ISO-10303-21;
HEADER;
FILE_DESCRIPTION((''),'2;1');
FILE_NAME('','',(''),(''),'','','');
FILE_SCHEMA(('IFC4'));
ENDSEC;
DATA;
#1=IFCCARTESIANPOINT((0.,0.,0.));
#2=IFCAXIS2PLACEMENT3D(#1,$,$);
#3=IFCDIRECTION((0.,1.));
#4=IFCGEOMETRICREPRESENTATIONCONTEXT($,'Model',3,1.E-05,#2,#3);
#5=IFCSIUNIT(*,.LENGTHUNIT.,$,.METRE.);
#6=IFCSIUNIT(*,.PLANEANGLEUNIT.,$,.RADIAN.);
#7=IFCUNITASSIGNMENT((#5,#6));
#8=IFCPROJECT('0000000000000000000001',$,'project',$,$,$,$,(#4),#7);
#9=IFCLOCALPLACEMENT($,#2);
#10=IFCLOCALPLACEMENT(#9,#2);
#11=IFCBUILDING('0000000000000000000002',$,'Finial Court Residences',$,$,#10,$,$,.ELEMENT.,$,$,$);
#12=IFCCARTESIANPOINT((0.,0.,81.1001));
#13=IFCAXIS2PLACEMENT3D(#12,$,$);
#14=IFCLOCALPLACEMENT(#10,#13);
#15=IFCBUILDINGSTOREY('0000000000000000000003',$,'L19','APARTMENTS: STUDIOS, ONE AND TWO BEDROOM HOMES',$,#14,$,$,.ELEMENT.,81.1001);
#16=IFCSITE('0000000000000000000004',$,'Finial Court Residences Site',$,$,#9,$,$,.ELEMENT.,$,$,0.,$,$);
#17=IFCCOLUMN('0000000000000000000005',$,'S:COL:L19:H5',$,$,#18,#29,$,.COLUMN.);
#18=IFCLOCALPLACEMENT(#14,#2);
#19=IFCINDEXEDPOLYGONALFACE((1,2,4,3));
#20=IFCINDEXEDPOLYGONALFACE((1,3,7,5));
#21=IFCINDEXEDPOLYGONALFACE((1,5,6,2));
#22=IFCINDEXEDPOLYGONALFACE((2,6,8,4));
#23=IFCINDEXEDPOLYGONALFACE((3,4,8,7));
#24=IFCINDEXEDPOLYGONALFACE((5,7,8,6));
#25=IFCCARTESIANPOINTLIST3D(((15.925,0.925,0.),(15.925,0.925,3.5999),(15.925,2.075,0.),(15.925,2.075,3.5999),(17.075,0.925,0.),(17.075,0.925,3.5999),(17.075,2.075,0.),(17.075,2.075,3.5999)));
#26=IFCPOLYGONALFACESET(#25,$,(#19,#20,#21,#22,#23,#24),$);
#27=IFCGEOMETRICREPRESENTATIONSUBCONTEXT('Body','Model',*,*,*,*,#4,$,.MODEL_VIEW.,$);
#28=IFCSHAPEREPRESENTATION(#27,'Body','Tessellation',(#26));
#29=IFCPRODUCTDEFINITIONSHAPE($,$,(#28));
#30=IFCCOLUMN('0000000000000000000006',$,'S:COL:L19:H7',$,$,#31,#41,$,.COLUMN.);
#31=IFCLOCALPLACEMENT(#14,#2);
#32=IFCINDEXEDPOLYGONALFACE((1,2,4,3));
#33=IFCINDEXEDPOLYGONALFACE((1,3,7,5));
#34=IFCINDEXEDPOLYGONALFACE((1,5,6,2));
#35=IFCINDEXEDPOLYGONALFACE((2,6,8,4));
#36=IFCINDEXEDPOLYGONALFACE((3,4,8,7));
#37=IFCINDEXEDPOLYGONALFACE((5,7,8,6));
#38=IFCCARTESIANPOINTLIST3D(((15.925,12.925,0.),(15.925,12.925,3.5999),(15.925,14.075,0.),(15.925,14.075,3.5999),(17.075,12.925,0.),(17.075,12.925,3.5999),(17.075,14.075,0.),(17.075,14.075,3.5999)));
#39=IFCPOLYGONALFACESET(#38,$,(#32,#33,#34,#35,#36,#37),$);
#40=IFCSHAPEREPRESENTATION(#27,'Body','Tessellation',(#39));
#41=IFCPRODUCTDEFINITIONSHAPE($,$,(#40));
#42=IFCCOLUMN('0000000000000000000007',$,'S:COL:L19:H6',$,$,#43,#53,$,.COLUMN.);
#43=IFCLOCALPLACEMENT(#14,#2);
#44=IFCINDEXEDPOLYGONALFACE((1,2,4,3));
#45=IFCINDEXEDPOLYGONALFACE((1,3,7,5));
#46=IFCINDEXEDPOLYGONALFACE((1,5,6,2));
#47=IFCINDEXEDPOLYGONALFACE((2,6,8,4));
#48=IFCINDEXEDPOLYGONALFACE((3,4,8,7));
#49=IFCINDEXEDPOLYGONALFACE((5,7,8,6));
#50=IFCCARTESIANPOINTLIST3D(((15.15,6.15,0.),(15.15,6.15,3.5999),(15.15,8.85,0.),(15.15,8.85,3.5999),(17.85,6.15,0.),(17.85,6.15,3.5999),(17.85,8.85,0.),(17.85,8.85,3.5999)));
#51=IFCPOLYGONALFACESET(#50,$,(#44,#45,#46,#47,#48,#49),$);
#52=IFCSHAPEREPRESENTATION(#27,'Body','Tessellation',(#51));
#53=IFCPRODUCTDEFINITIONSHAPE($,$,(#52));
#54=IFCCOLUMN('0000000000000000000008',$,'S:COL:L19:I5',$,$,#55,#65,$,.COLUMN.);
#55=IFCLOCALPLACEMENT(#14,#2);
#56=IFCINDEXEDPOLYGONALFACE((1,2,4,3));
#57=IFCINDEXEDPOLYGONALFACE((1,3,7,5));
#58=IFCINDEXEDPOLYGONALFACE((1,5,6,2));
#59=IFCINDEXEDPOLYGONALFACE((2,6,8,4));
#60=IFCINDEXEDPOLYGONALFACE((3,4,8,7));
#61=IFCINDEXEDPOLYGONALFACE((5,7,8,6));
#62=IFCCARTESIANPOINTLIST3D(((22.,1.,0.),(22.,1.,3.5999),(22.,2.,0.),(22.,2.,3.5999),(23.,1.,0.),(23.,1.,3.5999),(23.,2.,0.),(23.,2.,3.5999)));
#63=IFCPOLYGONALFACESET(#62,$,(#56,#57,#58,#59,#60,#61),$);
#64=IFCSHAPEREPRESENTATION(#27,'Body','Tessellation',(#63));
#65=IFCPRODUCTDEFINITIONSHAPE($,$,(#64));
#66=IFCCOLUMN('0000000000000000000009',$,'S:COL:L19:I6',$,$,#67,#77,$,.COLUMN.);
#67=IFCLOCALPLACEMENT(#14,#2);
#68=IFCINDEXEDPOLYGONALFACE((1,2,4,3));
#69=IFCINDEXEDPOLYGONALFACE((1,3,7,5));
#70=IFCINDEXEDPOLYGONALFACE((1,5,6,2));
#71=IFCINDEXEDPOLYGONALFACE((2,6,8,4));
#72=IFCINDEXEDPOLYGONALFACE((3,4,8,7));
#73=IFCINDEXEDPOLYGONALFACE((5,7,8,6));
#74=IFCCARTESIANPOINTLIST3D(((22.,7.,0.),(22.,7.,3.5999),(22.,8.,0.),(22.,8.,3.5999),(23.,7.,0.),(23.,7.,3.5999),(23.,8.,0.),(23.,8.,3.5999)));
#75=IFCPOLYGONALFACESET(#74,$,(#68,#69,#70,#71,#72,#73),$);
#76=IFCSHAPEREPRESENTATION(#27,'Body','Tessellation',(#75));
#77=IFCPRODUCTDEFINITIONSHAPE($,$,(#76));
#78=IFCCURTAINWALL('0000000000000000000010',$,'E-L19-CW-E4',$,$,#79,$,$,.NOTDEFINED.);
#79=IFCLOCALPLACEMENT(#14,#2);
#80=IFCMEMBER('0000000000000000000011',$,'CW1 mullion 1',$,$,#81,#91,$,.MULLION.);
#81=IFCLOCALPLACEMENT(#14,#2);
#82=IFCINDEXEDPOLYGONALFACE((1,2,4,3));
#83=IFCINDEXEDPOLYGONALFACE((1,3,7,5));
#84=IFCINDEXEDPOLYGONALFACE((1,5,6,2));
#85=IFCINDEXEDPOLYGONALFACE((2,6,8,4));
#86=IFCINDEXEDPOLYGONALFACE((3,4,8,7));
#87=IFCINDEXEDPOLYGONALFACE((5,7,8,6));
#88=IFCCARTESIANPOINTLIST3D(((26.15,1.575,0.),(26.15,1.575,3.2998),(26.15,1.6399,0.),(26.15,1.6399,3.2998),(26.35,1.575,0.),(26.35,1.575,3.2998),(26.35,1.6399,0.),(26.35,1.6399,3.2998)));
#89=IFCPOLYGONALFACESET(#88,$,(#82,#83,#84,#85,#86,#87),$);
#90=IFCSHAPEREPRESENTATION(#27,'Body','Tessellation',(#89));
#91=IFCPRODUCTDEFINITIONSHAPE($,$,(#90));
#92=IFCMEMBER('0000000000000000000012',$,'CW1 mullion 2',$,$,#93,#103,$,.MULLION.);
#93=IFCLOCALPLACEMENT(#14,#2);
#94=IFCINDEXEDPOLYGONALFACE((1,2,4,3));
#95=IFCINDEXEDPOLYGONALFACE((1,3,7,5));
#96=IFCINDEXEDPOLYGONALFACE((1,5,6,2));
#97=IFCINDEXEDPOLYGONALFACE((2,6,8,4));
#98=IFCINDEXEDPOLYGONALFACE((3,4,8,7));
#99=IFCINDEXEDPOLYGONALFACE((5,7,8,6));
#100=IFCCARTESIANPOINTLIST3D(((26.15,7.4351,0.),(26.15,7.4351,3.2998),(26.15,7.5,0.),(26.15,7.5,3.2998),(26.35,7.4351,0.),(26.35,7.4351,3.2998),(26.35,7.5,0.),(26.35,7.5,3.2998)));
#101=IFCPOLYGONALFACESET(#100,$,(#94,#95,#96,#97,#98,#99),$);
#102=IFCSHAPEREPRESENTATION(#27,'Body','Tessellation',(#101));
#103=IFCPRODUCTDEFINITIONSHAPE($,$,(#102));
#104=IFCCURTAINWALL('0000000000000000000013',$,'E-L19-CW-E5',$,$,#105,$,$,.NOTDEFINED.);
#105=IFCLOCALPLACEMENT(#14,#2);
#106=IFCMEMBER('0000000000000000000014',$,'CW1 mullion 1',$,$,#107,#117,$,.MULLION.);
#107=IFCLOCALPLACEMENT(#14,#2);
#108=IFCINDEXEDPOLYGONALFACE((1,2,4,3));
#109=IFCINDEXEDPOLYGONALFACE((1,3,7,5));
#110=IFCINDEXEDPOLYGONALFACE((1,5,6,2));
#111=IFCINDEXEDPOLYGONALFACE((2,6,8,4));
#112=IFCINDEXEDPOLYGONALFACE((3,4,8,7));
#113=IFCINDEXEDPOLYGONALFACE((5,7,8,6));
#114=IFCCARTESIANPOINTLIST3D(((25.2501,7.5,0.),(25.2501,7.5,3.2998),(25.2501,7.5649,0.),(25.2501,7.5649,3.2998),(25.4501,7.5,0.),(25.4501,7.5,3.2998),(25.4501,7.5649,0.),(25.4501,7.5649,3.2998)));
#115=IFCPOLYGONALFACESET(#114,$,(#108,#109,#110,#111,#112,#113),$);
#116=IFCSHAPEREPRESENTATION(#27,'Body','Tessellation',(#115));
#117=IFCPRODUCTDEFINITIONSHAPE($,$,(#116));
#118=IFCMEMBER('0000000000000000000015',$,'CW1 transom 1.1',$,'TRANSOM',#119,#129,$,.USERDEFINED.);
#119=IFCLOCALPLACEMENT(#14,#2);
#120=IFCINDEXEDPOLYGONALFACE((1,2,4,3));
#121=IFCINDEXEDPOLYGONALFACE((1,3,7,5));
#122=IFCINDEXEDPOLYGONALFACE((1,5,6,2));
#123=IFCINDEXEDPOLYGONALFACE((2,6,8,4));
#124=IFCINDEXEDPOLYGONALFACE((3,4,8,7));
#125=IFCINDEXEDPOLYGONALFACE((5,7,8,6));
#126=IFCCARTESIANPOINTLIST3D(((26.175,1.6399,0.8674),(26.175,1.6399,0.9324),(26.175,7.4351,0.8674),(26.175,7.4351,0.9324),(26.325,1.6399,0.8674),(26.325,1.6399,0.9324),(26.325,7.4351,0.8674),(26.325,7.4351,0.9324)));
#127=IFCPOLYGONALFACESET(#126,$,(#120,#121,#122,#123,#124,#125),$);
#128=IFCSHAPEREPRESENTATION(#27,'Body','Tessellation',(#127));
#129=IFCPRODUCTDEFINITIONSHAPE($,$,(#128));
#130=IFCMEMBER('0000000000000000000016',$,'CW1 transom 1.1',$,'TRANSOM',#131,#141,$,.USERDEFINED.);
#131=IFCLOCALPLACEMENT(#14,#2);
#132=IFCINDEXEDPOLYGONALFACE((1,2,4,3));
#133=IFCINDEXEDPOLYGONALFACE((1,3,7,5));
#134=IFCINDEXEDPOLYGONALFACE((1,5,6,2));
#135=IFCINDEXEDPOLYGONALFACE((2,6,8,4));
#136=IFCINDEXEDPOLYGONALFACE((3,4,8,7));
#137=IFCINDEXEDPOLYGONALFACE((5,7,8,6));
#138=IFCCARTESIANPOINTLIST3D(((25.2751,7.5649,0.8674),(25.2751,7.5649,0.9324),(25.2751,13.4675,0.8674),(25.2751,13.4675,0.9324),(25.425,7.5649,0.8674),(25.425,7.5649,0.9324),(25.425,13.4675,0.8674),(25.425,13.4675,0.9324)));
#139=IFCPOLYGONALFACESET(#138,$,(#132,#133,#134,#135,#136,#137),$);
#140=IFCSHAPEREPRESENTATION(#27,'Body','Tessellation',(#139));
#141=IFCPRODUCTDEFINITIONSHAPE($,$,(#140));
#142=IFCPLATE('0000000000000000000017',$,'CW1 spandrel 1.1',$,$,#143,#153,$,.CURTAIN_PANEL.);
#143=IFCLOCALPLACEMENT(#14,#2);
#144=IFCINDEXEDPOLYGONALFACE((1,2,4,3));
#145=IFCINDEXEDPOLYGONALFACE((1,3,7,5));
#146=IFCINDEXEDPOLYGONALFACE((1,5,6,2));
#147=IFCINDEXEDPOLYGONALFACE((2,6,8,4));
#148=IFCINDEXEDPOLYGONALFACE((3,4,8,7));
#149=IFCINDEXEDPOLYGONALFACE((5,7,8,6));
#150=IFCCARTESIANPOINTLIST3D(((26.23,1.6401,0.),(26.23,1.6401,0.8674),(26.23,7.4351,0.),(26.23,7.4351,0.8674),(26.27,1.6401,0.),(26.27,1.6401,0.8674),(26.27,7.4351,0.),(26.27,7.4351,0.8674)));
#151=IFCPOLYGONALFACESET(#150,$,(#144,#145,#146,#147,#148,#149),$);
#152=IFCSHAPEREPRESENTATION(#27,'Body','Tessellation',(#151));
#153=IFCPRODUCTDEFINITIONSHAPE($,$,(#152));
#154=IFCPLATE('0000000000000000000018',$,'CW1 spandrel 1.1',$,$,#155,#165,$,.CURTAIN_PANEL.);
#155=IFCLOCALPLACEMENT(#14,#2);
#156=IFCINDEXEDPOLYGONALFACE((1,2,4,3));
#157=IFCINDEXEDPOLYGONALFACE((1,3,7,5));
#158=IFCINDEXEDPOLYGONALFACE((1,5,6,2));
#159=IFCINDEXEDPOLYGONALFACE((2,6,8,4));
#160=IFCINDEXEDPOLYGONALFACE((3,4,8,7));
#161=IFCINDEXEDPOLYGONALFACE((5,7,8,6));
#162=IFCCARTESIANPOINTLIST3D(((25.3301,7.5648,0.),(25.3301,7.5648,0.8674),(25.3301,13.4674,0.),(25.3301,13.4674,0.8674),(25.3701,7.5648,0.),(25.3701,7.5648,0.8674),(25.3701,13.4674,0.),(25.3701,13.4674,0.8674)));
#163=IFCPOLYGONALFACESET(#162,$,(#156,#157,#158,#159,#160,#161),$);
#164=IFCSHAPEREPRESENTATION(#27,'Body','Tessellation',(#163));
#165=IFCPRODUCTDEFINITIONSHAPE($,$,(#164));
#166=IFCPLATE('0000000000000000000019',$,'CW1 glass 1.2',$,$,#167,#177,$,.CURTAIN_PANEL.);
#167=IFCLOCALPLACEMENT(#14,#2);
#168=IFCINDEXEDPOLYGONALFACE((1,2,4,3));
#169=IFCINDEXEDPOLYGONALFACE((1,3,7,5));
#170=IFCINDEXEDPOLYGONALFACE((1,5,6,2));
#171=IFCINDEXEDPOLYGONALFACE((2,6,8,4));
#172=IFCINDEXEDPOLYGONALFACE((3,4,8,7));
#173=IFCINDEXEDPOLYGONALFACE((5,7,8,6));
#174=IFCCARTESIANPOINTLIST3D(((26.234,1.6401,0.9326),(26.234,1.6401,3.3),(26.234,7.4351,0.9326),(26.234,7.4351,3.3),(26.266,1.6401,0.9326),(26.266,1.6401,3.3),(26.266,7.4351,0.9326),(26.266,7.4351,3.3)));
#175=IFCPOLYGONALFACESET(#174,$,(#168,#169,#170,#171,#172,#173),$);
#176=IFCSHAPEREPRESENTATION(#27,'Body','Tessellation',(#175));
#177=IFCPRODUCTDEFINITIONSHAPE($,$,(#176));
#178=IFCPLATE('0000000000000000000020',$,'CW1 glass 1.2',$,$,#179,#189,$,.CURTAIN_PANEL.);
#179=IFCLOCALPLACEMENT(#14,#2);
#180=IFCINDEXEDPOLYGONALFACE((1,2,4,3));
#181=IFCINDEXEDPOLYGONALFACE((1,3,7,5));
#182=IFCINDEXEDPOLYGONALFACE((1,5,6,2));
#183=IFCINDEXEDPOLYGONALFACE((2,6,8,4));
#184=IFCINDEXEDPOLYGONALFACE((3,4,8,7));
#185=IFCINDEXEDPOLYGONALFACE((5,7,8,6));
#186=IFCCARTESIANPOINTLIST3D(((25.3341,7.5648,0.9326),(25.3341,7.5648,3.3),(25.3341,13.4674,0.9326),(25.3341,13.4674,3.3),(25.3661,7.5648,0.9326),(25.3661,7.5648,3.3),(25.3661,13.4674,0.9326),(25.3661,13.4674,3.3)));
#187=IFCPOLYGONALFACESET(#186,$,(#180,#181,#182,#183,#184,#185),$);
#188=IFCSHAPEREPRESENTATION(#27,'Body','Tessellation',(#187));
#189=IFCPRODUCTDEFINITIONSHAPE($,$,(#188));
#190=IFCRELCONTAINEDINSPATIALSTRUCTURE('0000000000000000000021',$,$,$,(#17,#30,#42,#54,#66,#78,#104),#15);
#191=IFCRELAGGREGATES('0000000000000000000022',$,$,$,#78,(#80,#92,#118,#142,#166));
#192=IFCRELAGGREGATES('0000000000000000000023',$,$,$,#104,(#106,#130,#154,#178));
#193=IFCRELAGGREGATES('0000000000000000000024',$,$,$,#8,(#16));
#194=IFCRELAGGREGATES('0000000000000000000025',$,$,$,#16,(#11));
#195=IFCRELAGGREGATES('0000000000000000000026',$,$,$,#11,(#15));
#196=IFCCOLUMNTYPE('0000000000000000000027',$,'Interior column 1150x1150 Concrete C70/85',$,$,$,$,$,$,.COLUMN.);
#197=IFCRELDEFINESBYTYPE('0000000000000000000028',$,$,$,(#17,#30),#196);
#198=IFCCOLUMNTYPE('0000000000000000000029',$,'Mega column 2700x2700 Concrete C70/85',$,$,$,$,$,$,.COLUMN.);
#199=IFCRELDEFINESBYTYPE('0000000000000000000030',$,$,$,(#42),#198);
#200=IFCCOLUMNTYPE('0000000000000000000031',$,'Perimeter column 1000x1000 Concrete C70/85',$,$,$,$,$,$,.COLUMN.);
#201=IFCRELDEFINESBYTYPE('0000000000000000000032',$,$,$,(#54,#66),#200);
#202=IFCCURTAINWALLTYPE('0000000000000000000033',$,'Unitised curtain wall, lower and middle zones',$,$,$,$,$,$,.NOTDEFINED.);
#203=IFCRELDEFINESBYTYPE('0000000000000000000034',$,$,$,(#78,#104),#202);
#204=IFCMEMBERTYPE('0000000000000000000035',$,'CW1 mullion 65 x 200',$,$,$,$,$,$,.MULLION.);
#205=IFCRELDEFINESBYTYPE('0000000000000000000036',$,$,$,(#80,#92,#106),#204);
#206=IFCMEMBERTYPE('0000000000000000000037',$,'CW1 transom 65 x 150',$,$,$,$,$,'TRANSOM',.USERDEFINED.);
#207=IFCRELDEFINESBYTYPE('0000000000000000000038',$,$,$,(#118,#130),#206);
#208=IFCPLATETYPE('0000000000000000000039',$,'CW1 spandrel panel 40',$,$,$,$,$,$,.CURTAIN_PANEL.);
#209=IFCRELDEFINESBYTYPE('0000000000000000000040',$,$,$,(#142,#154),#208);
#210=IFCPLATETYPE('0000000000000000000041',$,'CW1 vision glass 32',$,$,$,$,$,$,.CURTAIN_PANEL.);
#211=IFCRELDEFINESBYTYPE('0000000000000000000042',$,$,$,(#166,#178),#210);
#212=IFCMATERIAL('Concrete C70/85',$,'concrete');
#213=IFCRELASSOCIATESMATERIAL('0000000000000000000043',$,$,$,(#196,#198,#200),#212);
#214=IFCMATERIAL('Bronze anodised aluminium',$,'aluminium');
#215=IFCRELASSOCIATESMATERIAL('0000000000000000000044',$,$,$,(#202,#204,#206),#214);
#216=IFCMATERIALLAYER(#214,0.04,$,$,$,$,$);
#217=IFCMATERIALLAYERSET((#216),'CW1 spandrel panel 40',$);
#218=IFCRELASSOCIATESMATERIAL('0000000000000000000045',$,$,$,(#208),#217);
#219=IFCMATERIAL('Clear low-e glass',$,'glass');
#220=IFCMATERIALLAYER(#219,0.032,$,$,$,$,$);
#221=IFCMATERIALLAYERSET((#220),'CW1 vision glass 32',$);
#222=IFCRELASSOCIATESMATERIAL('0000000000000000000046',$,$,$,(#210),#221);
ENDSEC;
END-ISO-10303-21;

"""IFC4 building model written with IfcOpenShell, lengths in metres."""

from ifc_helpers import new_model, si_unit, direction, frame, origin, origin_2d, place, context, subcontext, project, spatial, rectangle, extrude, material, layer, layer_set, material_profile, profile_set, type_object, element, aggregate, save


model = new_model("IFC4")

# Units and contexts
model_context = context("Model", 3, precision=1e-05, world=origin(), true_north=direction((0.0, 1.0)))
body_context = subcontext(model_context, "Body", "Model", "MODEL_VIEW")
ifc_project = project(units=[si_unit("LENGTHUNIT", "METRE"), si_unit("PLANEANGLEUNIT", "RADIAN")], contexts=[model_context])

# Site, building, storey
site_placement = place(None, origin())
site = spatial("IfcSite", under=ifc_project, at=site_placement, Name="Finial Court Residences Site", CompositionType="ELEMENT", RefElevation=0.0)
building_placement = place(site_placement, origin())
building = spatial("IfcBuilding", under=site, at=building_placement, Name="Finial Court Residences", CompositionType="ELEMENT")
storey_placement = place(building_placement, frame((0.0, 0.0, 81.1001)))
storey = spatial("IfcBuildingStorey", under=building, at=storey_placement, Name="L19", Description="APARTMENTS: STUDIOS, ONE AND TWO BEDROOM HOMES", CompositionType="ELEMENT", Elevation=81.1001)

# Columns
ifc_material_1 = material(Name="Concrete C70/85", Category="concrete")
ifc_material_profile_1 = material_profile(ifc_material_1, rectangle(XDim=1.1499, YDim=1.1499, at=origin_2d()), Name="1150x1150")
ifc_profile_set_1 = profile_set([ifc_material_profile_1], Name="Concrete C70/85")
column_type_1 = type_object("IfcColumnType", Name="Interior column 1150x1150 Concrete C70/85", PredefinedType="COLUMN", material=ifc_profile_set_1)
for number, where, z_axis, x_axis, name in (
    (1, (16.5, 1.5, 0.0), (0.0, 0.0, 1.0), (1.0, 0.0, 0.0), "S:COL:L19:H5"),
    (2, (16.5, 13.5, 0.0), (0.0, 0.0, 1.0), (1.0, 0.0, 0.0), "S:COL:L19:H7"),
):
    element("IfcColumn", number, at=place(storey_placement, frame(where, z_axis=z_axis, x_axis=x_axis)), inside=storey, type_object=column_type_1, Name=name, PredefinedType="COLUMN", context=body_context, shape_type="SweptSolid", body=[
        extrude(rectangle(XDim=1.1499, YDim=1.1499, at=origin_2d()), origin(), (0.0, 0.0, 1.0), 3.5999),
    ])
ifc_material_profile_2 = material_profile(ifc_material_1, rectangle(XDim=2.7, YDim=2.7, at=origin_2d()), Name="2700x2700")
ifc_profile_set_2 = profile_set([ifc_material_profile_2], Name="Concrete C70/85")
column_type_2 = type_object("IfcColumnType", Name="Mega column 2700x2700 Concrete C70/85", PredefinedType="COLUMN", material=ifc_profile_set_2)
column_placement = place(storey_placement, frame((16.5, 7.5, 0.0), z_axis=(0.0, 0.0, 1.0), x_axis=(1.0, 0.0, 0.0)))
element("IfcColumn", 3, at=column_placement, inside=storey, type_object=column_type_2, Name="S:COL:L19:H6", PredefinedType="COLUMN", context=body_context, shape_type="SweptSolid", body=[
    extrude(rectangle(XDim=2.7, YDim=2.7, at=origin_2d()), origin(), (0.0, 0.0, 1.0), 3.5999),
])
ifc_material_profile_3 = material_profile(ifc_material_1, rectangle(XDim=1.0, YDim=1.0, at=origin_2d()), Name="1000x1000")
ifc_profile_set_3 = profile_set([ifc_material_profile_3], Name="Concrete C70/85")
column_type_3 = type_object("IfcColumnType", Name="Perimeter column 1000x1000 Concrete C70/85", PredefinedType="COLUMN", material=ifc_profile_set_3)
for number, where, z_axis, x_axis, name in (
    (4, (22.5, 1.5, 0.0), (0.0, 0.0, 1.0), (1.0, 0.0, 0.0), "S:COL:L19:I5"),
    (5, (22.5, 7.5, 0.0), (0.0, 0.0, 1.0), (1.0, 0.0, 0.0), "S:COL:L19:I6"),
):
    element("IfcColumn", number, at=place(storey_placement, frame(where, z_axis=z_axis, x_axis=x_axis)), inside=storey, type_object=column_type_3, Name=name, PredefinedType="COLUMN", context=body_context, shape_type="SweptSolid", body=[
        extrude(rectangle(XDim=1.0, YDim=1.0, at=origin_2d()), origin(), (0.0, 0.0, 1.0), 3.5999),
    ])

# Curtain wall, members
ifc_material_2 = material(Name="Bronze anodised aluminium", Category="aluminium")
curtain_wall_type = type_object("IfcCurtainWallType", Name="Unitised curtain wall, lower and middle zones", PredefinedType="NOTDEFINED", material=ifc_material_2)
curtain_wall_1_placement = place(storey_placement, origin())
curtain_wall_1 = element("IfcCurtainWall", 6, at=curtain_wall_1_placement, inside=storey, type_object=curtain_wall_type, Name="E-L19-CW-E4", PredefinedType="NOTDEFINED")
ifc_material_profile_4 = material_profile(ifc_material_2, rectangle(XDim=0.2, YDim=0.0649, at=origin_2d()), Name="CW1 mullion 65 x 200")
ifc_profile_set_4 = profile_set([ifc_material_profile_4], Name="Bronze anodised aluminium")
member_type_1 = type_object("IfcMemberType", Name="CW1 mullion 65 x 200", PredefinedType="MULLION", material=ifc_profile_set_4)
member_1_placement = place(storey_placement, frame((26.25, 1.6074, 0.0), z_axis=(0.0, 0.0, 1.0), x_axis=(-1.0, 0.0, 0.0)))
member_1 = element("IfcMember", 7, at=member_1_placement, type_object=member_type_1, Name="CW1 mullion 1", PredefinedType="MULLION", context=body_context, shape_type="SweptSolid", body=[
    extrude(rectangle(XDim=0.2, YDim=0.0649, at=origin_2d()), origin(), (0.0, 0.0, 1.0), 3.2998),
])
member_2_placement = place(storey_placement, frame((26.25, 7.4675, 0.0), z_axis=(0.0, 0.0, 1.0), x_axis=(-1.0, 0.0, 0.0)))
member_2 = element("IfcMember", 8, at=member_2_placement, type_object=member_type_1, Name="CW1 mullion 2", PredefinedType="MULLION", context=body_context, shape_type="SweptSolid", body=[
    extrude(rectangle(XDim=0.2, YDim=0.0649, at=origin_2d()), origin(), (0.0, 0.0, 1.0), 3.2998),
])

# Curtain wall, member
curtain_wall_2_placement = place(storey_placement, origin())
curtain_wall_2 = element("IfcCurtainWall", 9, at=curtain_wall_2_placement, inside=storey, type_object=curtain_wall_type, Name="E-L19-CW-E5", PredefinedType="NOTDEFINED")
member_3_placement = place(storey_placement, frame((25.3501, 7.5325, 0.0), z_axis=(0.0, 0.0, 1.0), x_axis=(-1.0, 0.0, 0.0)))
member_3 = element("IfcMember", 10, at=member_3_placement, type_object=member_type_1, Name="CW1 mullion 1", PredefinedType="MULLION", context=body_context, shape_type="SweptSolid", body=[
    extrude(rectangle(XDim=0.2, YDim=0.0649, at=origin_2d()), origin(), (0.0, 0.0, 1.0), 3.2998),
])

# Members
ifc_material_profile_5 = material_profile(ifc_material_2, rectangle(XDim=0.1499, YDim=0.0649, at=origin_2d()), Name="CW1 transom 65 x 150")
ifc_profile_set_5 = profile_set([ifc_material_profile_5], Name="Bronze anodised aluminium")
member_type_2 = type_object("IfcMemberType", Name="CW1 transom 65 x 150", ElementType="TRANSOM", PredefinedType="USERDEFINED", material=ifc_profile_set_5)
member_4_placement = place(storey_placement, frame((26.25, 1.6399, 0.8999), z_axis=(0.0, 1.0, 0.0), x_axis=(-1.0, 0.0, 0.0)))
member_4 = element("IfcMember", 11, at=member_4_placement, type_object=member_type_2, Name="CW1 transom 1.1", ObjectType="TRANSOM", PredefinedType="USERDEFINED", context=body_context, shape_type="SweptSolid", body=[
    extrude(rectangle(XDim=0.1499, YDim=0.0649, at=origin_2d()), origin(), (0.0, 0.0, 1.0), 5.7952),
])
member_5_placement = place(storey_placement, frame((25.3501, 7.5649, 0.8999), z_axis=(0.0, 1.0, 0.0), x_axis=(-1.0, 0.0, 0.0)))
member_5 = element("IfcMember", 12, at=member_5_placement, type_object=member_type_2, Name="CW1 transom 1.1", ObjectType="TRANSOM", PredefinedType="USERDEFINED", context=body_context, shape_type="SweptSolid", body=[
    extrude(rectangle(XDim=0.1499, YDim=0.0649, at=origin_2d()), origin(), (0.0, 0.0, 1.0), 5.9026),
])

# Plates
ifc_layer_1 = layer(ifc_material_2, 0.04)
ifc_layer_set_1 = layer_set([ifc_layer_1], Name="CW1 spandrel panel 40")
plate_type_1 = type_object("IfcPlateType", Name="CW1 spandrel panel 40", PredefinedType="CURTAIN_PANEL", material=ifc_layer_set_1)
plate_1_placement = place(storey_placement, frame((26.25, 4.5376, 0.0), z_axis=(0.0, 0.0, 1.0), x_axis=(0.0, 1.0, 0.0)))
plate_1 = element("IfcPlate", 13, at=plate_1_placement, type_object=plate_type_1, Name="CW1 spandrel 1.1", PredefinedType="CURTAIN_PANEL", context=body_context, shape_type="SweptSolid", body=[
    extrude(rectangle(XDim=5.7949, YDim=0.04, at=origin_2d()), origin(), (0.0, 0.0, 1.0), 0.8674),
])
plate_2_placement = place(storey_placement, frame((25.3501, 10.5161, 0.0), z_axis=(0.0, 0.0, 1.0), x_axis=(0.0, 1.0, 0.0)))
plate_2 = element("IfcPlate", 14, at=plate_2_placement, type_object=plate_type_1, Name="CW1 spandrel 1.1", PredefinedType="CURTAIN_PANEL", context=body_context, shape_type="SweptSolid", body=[
    extrude(rectangle(XDim=5.9026, YDim=0.04, at=origin_2d()), origin(), (0.0, 0.0, 1.0), 0.8674),
])
ifc_material_3 = material(Name="Clear low-e glass", Category="glass")
ifc_layer_2 = layer(ifc_material_3, 0.032)
ifc_layer_set_2 = layer_set([ifc_layer_2], Name="CW1 vision glass 32")
plate_type_2 = type_object("IfcPlateType", Name="CW1 vision glass 32", PredefinedType="CURTAIN_PANEL", material=ifc_layer_set_2)
plate_3_placement = place(storey_placement, frame((26.25, 4.5376, 0.9326), z_axis=(0.0, 0.0, 1.0), x_axis=(0.0, 1.0, 0.0)))
plate_3 = element("IfcPlate", 15, at=plate_3_placement, type_object=plate_type_2, Name="CW1 glass 1.2", PredefinedType="CURTAIN_PANEL", context=body_context, shape_type="SweptSolid", body=[
    extrude(rectangle(XDim=5.7949, YDim=0.032, at=origin_2d()), origin(), (0.0, 0.0, 1.0), 2.3674),
])
aggregate(curtain_wall_1, [member_1, member_2, member_4, plate_1, plate_3])
plate_4_placement = place(storey_placement, frame((25.3501, 10.5161, 0.9326), z_axis=(0.0, 0.0, 1.0), x_axis=(0.0, 1.0, 0.0)))
plate_4 = element("IfcPlate", 16, at=plate_4_placement, type_object=plate_type_2, Name="CW1 glass 1.2", PredefinedType="CURTAIN_PANEL", context=body_context, shape_type="SweptSolid", body=[
    extrude(rectangle(XDim=5.9026, YDim=0.032, at=origin_2d()), origin(), (0.0, 0.0, 1.0), 2.3674),
])
aggregate(curtain_wall_2, [member_3, member_5, plate_2, plate_4])

save(model, "model.ifc")
